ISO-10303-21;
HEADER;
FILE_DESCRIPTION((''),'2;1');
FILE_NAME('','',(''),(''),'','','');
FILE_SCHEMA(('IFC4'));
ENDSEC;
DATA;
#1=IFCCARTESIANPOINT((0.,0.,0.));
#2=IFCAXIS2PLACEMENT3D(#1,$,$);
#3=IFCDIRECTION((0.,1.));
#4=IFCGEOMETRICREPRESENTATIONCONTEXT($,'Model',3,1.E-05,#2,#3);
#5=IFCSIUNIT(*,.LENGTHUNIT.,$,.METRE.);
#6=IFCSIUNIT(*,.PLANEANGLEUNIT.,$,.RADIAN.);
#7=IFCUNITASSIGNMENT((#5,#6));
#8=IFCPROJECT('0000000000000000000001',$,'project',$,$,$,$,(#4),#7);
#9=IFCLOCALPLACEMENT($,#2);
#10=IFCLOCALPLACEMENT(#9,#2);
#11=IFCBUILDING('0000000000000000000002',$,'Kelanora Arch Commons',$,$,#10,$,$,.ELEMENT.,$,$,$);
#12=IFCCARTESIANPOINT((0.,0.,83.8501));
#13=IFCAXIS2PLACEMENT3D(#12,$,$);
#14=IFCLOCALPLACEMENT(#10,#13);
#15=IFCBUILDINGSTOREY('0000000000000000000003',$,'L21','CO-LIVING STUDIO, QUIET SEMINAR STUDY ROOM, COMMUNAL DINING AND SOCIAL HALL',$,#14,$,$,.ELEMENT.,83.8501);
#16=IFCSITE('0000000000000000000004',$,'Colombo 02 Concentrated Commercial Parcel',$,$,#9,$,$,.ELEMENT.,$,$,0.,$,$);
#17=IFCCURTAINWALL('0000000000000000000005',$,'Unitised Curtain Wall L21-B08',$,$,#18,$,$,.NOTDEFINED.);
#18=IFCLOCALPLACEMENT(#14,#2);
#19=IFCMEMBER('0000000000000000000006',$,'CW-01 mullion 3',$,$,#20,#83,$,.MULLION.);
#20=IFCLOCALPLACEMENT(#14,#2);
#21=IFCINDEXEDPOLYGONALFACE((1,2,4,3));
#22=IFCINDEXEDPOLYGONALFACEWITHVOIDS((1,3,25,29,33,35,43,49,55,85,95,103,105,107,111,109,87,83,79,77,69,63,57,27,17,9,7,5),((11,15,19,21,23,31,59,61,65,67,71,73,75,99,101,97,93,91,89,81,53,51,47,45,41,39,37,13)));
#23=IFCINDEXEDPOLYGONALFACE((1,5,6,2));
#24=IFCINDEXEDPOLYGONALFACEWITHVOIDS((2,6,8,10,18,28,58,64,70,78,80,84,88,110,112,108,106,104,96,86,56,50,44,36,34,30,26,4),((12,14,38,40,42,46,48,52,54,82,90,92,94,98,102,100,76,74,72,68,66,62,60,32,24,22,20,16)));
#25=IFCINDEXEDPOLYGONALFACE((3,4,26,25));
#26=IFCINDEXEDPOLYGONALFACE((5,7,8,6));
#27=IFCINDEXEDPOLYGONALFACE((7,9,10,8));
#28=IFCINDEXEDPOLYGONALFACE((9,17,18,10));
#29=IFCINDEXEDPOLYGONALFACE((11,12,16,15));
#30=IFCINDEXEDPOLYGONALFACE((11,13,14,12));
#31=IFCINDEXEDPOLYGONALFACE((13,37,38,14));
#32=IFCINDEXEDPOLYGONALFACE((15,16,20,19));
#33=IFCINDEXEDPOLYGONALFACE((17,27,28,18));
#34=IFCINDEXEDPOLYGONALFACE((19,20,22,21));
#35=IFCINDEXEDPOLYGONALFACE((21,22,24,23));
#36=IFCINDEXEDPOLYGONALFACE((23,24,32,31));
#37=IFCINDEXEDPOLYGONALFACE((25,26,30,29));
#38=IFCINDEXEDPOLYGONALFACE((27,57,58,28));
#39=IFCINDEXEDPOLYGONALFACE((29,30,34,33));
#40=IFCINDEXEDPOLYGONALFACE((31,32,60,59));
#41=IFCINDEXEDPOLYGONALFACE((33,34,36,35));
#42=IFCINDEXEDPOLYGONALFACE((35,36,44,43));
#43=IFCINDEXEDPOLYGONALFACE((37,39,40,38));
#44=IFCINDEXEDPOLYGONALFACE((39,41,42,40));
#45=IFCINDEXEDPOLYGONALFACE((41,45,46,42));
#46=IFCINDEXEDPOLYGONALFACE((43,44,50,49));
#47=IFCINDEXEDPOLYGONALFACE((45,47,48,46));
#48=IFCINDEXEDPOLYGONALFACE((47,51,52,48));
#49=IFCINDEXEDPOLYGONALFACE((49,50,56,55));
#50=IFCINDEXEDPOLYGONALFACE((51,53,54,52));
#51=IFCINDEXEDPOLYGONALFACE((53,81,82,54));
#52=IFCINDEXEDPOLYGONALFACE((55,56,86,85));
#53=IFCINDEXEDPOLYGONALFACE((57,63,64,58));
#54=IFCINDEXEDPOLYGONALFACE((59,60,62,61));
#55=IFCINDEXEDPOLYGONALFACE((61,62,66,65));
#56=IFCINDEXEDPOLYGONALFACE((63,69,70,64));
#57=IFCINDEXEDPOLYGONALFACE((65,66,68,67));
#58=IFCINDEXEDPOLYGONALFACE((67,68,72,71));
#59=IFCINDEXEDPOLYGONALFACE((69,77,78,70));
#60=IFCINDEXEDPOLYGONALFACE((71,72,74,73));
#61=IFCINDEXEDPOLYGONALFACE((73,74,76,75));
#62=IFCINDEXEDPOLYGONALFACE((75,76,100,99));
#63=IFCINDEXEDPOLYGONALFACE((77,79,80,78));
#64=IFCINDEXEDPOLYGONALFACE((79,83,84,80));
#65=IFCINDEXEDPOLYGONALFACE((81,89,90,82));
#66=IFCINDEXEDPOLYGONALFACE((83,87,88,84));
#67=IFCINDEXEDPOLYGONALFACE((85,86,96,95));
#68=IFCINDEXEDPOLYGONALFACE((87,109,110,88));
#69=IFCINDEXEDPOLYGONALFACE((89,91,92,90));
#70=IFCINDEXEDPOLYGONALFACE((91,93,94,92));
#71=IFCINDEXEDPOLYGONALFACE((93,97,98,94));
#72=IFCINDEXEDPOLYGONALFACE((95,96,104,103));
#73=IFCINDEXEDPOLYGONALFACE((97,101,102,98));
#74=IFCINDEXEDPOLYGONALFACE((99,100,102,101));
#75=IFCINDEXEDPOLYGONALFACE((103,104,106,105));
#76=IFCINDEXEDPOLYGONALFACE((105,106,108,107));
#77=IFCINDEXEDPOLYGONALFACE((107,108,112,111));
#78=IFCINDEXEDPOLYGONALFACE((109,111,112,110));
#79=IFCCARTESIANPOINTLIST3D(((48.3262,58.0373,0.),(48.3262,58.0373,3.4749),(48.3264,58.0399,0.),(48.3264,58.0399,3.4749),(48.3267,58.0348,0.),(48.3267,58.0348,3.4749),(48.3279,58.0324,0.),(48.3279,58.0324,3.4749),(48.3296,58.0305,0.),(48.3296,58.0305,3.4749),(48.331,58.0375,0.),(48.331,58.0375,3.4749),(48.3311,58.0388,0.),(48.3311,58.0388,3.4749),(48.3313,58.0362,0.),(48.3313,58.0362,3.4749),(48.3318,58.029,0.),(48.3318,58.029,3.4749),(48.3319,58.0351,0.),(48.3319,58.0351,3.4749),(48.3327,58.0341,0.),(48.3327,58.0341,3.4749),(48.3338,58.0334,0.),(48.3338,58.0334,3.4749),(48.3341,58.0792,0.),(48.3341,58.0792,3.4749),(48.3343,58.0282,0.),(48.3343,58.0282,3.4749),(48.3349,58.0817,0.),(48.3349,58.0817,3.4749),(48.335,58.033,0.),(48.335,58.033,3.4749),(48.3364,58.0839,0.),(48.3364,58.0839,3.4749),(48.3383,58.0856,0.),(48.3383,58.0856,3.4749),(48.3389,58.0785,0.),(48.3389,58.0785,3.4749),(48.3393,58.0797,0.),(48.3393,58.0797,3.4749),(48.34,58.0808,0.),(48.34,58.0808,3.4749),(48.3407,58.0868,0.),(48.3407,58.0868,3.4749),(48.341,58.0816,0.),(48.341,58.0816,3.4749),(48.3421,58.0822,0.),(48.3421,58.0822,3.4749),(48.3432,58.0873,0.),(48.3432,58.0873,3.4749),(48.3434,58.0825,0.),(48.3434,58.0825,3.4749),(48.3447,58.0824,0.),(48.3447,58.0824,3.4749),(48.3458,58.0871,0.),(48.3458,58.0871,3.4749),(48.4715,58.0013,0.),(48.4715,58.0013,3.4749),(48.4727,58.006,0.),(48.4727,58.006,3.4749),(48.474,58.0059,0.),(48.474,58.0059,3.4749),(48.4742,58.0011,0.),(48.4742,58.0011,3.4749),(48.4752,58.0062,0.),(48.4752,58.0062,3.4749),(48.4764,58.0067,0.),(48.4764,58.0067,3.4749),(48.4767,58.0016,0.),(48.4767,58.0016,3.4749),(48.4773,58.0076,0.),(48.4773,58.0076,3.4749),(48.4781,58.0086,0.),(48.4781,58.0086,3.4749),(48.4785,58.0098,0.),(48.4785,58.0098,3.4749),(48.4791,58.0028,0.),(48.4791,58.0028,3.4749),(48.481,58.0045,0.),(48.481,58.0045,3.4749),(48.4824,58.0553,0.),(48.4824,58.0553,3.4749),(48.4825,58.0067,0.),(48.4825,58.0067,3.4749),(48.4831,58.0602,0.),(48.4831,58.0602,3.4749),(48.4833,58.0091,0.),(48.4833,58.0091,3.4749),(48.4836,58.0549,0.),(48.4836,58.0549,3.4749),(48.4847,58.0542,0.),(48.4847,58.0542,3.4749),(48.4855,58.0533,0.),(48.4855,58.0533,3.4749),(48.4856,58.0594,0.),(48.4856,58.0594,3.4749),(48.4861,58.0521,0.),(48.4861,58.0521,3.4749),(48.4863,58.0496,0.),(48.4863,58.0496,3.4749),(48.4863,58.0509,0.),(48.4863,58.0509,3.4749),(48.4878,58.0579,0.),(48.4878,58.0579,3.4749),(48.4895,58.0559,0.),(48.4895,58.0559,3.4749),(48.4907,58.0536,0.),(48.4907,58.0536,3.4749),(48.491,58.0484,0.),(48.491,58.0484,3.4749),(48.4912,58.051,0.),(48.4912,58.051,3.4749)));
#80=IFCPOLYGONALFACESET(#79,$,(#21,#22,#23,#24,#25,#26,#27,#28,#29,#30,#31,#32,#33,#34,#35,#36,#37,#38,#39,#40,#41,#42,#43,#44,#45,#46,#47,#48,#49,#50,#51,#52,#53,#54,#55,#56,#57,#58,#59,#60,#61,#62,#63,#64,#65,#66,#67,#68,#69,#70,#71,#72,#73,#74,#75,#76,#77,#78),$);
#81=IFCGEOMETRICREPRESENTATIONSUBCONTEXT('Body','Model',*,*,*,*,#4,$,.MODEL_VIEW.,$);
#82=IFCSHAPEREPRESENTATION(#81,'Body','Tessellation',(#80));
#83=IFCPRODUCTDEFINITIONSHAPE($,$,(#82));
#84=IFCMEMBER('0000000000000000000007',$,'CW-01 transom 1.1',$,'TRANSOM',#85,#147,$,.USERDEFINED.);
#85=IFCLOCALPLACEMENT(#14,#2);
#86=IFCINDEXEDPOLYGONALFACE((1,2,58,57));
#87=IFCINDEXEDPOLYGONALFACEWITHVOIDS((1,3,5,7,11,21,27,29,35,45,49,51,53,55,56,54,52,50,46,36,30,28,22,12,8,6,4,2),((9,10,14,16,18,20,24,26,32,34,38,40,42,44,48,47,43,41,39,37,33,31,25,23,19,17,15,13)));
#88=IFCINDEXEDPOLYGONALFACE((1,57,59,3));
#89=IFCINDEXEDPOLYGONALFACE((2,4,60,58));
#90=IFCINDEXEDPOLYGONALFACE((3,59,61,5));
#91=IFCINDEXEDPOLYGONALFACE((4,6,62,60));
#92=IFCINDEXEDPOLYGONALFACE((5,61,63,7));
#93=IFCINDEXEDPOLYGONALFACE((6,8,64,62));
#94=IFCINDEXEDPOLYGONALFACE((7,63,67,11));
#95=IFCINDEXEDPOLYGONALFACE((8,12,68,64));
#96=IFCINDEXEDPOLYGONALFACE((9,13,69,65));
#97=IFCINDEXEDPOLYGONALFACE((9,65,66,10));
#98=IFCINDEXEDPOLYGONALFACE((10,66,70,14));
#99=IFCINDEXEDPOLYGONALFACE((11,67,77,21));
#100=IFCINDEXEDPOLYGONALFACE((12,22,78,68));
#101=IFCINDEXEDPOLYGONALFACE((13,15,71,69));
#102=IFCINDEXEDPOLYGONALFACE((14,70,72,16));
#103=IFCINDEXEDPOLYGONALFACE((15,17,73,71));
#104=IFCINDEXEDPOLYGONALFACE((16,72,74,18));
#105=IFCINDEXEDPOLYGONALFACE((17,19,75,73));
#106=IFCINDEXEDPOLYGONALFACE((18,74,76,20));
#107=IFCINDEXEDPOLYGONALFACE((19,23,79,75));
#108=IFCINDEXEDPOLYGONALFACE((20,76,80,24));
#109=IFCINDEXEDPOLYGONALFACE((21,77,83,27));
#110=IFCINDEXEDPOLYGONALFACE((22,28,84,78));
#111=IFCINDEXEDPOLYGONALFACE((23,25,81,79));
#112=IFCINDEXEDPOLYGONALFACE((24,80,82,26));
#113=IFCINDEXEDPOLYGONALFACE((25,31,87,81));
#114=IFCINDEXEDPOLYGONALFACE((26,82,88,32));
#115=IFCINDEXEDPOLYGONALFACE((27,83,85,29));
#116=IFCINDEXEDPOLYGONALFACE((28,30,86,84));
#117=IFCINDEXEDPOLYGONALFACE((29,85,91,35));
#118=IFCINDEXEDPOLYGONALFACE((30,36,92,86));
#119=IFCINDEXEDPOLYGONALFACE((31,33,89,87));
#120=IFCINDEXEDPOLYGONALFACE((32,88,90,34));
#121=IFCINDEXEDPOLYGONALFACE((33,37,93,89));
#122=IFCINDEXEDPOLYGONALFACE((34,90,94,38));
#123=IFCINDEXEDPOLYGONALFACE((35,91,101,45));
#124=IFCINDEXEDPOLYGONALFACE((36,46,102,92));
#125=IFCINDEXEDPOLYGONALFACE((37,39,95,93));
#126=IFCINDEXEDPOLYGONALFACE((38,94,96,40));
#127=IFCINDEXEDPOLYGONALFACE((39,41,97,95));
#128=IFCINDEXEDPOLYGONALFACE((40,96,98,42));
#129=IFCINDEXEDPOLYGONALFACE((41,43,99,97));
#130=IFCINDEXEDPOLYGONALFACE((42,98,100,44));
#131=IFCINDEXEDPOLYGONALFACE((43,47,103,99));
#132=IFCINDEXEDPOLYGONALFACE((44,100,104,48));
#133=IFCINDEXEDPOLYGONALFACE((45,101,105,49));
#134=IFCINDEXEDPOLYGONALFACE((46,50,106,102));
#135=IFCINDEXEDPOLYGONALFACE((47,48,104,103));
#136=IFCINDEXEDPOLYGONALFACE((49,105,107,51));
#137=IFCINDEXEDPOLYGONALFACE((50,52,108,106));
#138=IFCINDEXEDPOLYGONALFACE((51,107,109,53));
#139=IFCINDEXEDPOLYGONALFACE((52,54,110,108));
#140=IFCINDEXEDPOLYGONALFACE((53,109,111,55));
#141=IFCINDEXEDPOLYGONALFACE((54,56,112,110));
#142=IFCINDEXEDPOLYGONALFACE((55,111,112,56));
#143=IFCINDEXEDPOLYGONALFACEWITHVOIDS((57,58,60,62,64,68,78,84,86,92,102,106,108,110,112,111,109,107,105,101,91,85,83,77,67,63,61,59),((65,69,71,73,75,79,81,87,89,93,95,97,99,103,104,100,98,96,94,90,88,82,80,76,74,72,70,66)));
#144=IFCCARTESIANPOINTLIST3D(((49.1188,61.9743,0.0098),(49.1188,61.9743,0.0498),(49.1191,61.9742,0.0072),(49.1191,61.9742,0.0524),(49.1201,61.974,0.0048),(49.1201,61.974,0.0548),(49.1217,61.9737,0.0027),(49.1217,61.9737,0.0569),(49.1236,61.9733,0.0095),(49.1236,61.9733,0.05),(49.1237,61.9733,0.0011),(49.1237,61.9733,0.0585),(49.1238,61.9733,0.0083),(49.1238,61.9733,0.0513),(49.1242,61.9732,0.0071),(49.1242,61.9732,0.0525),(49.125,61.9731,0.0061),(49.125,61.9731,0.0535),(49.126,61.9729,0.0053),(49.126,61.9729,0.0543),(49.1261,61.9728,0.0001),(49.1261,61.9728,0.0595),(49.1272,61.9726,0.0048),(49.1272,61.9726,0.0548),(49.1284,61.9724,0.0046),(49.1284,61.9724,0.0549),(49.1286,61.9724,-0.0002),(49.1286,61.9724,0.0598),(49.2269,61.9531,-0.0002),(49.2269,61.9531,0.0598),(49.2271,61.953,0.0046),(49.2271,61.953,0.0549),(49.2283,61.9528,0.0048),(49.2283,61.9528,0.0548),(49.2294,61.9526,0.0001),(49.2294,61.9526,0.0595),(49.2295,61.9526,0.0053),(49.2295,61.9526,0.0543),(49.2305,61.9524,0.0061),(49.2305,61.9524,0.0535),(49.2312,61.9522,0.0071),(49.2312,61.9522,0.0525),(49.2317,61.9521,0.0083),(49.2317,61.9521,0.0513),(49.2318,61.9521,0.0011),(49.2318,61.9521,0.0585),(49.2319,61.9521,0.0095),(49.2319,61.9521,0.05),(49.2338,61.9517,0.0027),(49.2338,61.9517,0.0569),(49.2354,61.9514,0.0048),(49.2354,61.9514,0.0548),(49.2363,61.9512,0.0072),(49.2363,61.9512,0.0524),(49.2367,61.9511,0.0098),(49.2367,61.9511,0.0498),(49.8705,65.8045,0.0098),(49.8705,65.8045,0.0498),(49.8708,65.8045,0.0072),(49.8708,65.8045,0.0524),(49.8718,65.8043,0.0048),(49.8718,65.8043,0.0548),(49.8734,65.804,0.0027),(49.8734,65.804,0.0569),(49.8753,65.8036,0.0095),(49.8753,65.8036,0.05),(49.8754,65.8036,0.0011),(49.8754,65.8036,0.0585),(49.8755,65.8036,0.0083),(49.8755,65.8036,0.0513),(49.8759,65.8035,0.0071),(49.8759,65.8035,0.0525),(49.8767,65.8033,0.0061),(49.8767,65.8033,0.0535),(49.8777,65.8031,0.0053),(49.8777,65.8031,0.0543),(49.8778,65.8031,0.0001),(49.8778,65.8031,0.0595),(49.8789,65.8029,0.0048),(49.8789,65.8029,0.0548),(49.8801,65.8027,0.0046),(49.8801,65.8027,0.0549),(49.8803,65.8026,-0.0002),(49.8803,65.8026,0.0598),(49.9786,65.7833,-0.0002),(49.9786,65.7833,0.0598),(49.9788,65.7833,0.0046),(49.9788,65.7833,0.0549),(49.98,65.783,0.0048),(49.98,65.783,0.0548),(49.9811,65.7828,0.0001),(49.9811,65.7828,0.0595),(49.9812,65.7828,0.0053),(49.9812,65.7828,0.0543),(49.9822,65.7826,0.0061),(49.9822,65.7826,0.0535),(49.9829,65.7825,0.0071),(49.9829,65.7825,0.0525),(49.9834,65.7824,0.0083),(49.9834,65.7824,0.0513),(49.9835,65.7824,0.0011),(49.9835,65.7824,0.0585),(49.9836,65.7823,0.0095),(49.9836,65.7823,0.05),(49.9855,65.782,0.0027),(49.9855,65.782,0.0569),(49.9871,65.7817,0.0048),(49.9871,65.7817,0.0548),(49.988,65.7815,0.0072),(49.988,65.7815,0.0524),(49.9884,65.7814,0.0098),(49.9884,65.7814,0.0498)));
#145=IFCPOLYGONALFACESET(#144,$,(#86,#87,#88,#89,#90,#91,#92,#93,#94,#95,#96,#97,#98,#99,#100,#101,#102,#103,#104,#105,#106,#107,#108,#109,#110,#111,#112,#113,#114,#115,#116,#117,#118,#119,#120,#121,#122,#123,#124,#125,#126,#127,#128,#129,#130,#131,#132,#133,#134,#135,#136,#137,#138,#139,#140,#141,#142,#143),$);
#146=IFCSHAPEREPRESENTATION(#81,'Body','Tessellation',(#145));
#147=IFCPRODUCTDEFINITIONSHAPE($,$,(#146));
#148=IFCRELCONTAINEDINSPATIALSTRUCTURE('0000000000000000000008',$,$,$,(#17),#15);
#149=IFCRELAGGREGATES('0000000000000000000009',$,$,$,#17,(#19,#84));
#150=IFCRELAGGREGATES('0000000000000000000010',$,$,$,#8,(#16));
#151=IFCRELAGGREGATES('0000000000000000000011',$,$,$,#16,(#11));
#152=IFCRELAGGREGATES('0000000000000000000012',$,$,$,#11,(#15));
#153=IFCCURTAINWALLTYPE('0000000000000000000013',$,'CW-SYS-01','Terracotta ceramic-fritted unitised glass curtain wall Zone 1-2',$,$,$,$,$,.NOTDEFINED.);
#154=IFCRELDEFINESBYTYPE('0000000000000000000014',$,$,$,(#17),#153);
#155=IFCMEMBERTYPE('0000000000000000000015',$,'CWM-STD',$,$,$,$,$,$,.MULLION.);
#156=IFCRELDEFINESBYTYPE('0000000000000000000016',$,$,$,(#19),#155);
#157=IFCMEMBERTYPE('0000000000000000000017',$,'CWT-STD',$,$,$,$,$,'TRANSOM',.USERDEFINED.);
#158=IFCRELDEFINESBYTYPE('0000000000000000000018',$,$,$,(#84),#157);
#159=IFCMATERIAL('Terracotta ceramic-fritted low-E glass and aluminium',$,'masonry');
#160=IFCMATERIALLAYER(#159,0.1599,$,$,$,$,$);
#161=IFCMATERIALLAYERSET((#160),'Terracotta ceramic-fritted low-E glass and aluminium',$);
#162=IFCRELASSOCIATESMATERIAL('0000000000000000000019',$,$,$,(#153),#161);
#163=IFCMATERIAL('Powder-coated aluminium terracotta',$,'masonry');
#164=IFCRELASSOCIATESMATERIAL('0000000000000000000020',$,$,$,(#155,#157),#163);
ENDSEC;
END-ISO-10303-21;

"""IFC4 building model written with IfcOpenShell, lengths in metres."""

from ifc_helpers import new_model, si_unit, direction, frame, origin, origin_2d, place, context, subcontext, project, spatial, hollow_rectangle, extrude, material, layer, layer_set, material_profile, profile_set, type_object, element, aggregate, save


model = new_model("IFC4")

# Units and contexts
model_context = context("Model", 3, precision=1e-05, world=origin(), true_north=direction((0.0, 1.0)))
body_context = subcontext(model_context, "Body", "Model", "MODEL_VIEW")
ifc_project = project(units=[si_unit("LENGTHUNIT", "METRE"), si_unit("PLANEANGLEUNIT", "RADIAN")], contexts=[model_context])

# Site, building, storey
site_placement = place(None, origin())
site = spatial("IfcSite", under=ifc_project, at=site_placement, Name="Colombo 02 Concentrated Commercial Parcel", CompositionType="ELEMENT", RefElevation=0.0)
building_placement = place(site_placement, origin())
building = spatial("IfcBuilding", under=site, at=building_placement, Name="Kelanora Arch Commons", CompositionType="ELEMENT")
storey_placement = place(building_placement, frame((0.0, 0.0, 83.8501)))
storey = spatial("IfcBuildingStorey", under=building, at=storey_placement, Name="L21", Description="CO-LIVING STUDIO, QUIET SEMINAR STUDY ROOM, COMMUNAL DINING AND SOCIAL HALL", CompositionType="ELEMENT", Elevation=83.8501)

# Curtain wall, members
ifc_material_1 = material(Name="Terracotta ceramic-fritted low-E glass and aluminium", Category="masonry")
ifc_layer_1 = layer(ifc_material_1, 0.1599)
ifc_layer_set_1 = layer_set([ifc_layer_1], Name="Terracotta ceramic-fritted low-E glass and aluminium")
curtain_wall_type = type_object("IfcCurtainWallType", Name="CW-SYS-01", Description="Terracotta ceramic-fritted unitised glass curtain wall Zone 1-2", PredefinedType="NOTDEFINED", material=ifc_layer_set_1)
curtain_wall_placement = place(storey_placement, origin())
curtain_wall = element("IfcCurtainWall", 1, at=curtain_wall_placement, inside=storey, type_object=curtain_wall_type, Name="Unitised Curtain Wall L21-B08", PredefinedType="NOTDEFINED")
ifc_material_2 = material(Name="Powder-coated aluminium terracotta", Category="masonry")
ifc_material_profile_1 = material_profile(ifc_material_2, hollow_rectangle(XDim=0.1599, YDim=0.0601, WallThickness=0.0049, InnerFilletRadius=0.0049, OuterFilletRadius=0.01, at=origin_2d()), Name="CWM160x60")
ifc_profile_set_1 = profile_set([ifc_material_profile_1], Name="Powder-coated aluminium terracotta")
member_type_1 = type_object("IfcMemberType", Name="CWM-STD", PredefinedType="MULLION", material=ifc_profile_set_1)
member_1_placement = place(storey_placement, frame((48.4087, 58.0442, 0.0), z_axis=(0.0, 0.0, 1.0), x_axis=(0.98128, -0.192585, 0.0)))
member_1 = element("IfcMember", 2, at=member_1_placement, type_object=member_type_1, Name="CW-01 mullion 3", PredefinedType="MULLION", context=body_context, shape_type="SweptSolid", body=[
    extrude(hollow_rectangle(XDim=0.1599, YDim=0.0601, WallThickness=0.0049, InnerFilletRadius=0.0049, OuterFilletRadius=0.01, at=origin_2d()), origin(), (0.0, 0.0, 1.0), 3.4749),
])
ifc_material_profile_2 = material_profile(ifc_material_2, hollow_rectangle(XDim=0.1201, YDim=0.0601, WallThickness=0.0049, InnerFilletRadius=0.0049, OuterFilletRadius=0.01, at=origin_2d()), Name="CWT120x60")
ifc_profile_set_2 = profile_set([ifc_material_profile_2], Name="Powder-coated aluminium terracotta")
member_type_2 = type_object("IfcMemberType", Name="CWT-STD", ElementType="TRANSOM", PredefinedType="USERDEFINED", material=ifc_profile_set_2)
member_2_placement = place(storey_placement, frame((49.9294, 65.793, 0.0298), z_axis=(-0.192579, -0.981282, 0.0), x_axis=(0.981282, -0.192579, 0.0)))
member_2 = element("IfcMember", 3, at=member_2_placement, type_object=member_type_2, Name="CW-01 transom 1.1", ObjectType="TRANSOM", PredefinedType="USERDEFINED", context=body_context, shape_type="SweptSolid", body=[
    extrude(hollow_rectangle(XDim=0.1201, YDim=0.0601, WallThickness=0.0049, InnerFilletRadius=0.0049, OuterFilletRadius=0.01, at=origin_2d()), origin(), (0.0, 0.0, 1.0), 3.9033),
])
aggregate(curtain_wall, [member_1, member_2])

save(model, "model.ifc")
